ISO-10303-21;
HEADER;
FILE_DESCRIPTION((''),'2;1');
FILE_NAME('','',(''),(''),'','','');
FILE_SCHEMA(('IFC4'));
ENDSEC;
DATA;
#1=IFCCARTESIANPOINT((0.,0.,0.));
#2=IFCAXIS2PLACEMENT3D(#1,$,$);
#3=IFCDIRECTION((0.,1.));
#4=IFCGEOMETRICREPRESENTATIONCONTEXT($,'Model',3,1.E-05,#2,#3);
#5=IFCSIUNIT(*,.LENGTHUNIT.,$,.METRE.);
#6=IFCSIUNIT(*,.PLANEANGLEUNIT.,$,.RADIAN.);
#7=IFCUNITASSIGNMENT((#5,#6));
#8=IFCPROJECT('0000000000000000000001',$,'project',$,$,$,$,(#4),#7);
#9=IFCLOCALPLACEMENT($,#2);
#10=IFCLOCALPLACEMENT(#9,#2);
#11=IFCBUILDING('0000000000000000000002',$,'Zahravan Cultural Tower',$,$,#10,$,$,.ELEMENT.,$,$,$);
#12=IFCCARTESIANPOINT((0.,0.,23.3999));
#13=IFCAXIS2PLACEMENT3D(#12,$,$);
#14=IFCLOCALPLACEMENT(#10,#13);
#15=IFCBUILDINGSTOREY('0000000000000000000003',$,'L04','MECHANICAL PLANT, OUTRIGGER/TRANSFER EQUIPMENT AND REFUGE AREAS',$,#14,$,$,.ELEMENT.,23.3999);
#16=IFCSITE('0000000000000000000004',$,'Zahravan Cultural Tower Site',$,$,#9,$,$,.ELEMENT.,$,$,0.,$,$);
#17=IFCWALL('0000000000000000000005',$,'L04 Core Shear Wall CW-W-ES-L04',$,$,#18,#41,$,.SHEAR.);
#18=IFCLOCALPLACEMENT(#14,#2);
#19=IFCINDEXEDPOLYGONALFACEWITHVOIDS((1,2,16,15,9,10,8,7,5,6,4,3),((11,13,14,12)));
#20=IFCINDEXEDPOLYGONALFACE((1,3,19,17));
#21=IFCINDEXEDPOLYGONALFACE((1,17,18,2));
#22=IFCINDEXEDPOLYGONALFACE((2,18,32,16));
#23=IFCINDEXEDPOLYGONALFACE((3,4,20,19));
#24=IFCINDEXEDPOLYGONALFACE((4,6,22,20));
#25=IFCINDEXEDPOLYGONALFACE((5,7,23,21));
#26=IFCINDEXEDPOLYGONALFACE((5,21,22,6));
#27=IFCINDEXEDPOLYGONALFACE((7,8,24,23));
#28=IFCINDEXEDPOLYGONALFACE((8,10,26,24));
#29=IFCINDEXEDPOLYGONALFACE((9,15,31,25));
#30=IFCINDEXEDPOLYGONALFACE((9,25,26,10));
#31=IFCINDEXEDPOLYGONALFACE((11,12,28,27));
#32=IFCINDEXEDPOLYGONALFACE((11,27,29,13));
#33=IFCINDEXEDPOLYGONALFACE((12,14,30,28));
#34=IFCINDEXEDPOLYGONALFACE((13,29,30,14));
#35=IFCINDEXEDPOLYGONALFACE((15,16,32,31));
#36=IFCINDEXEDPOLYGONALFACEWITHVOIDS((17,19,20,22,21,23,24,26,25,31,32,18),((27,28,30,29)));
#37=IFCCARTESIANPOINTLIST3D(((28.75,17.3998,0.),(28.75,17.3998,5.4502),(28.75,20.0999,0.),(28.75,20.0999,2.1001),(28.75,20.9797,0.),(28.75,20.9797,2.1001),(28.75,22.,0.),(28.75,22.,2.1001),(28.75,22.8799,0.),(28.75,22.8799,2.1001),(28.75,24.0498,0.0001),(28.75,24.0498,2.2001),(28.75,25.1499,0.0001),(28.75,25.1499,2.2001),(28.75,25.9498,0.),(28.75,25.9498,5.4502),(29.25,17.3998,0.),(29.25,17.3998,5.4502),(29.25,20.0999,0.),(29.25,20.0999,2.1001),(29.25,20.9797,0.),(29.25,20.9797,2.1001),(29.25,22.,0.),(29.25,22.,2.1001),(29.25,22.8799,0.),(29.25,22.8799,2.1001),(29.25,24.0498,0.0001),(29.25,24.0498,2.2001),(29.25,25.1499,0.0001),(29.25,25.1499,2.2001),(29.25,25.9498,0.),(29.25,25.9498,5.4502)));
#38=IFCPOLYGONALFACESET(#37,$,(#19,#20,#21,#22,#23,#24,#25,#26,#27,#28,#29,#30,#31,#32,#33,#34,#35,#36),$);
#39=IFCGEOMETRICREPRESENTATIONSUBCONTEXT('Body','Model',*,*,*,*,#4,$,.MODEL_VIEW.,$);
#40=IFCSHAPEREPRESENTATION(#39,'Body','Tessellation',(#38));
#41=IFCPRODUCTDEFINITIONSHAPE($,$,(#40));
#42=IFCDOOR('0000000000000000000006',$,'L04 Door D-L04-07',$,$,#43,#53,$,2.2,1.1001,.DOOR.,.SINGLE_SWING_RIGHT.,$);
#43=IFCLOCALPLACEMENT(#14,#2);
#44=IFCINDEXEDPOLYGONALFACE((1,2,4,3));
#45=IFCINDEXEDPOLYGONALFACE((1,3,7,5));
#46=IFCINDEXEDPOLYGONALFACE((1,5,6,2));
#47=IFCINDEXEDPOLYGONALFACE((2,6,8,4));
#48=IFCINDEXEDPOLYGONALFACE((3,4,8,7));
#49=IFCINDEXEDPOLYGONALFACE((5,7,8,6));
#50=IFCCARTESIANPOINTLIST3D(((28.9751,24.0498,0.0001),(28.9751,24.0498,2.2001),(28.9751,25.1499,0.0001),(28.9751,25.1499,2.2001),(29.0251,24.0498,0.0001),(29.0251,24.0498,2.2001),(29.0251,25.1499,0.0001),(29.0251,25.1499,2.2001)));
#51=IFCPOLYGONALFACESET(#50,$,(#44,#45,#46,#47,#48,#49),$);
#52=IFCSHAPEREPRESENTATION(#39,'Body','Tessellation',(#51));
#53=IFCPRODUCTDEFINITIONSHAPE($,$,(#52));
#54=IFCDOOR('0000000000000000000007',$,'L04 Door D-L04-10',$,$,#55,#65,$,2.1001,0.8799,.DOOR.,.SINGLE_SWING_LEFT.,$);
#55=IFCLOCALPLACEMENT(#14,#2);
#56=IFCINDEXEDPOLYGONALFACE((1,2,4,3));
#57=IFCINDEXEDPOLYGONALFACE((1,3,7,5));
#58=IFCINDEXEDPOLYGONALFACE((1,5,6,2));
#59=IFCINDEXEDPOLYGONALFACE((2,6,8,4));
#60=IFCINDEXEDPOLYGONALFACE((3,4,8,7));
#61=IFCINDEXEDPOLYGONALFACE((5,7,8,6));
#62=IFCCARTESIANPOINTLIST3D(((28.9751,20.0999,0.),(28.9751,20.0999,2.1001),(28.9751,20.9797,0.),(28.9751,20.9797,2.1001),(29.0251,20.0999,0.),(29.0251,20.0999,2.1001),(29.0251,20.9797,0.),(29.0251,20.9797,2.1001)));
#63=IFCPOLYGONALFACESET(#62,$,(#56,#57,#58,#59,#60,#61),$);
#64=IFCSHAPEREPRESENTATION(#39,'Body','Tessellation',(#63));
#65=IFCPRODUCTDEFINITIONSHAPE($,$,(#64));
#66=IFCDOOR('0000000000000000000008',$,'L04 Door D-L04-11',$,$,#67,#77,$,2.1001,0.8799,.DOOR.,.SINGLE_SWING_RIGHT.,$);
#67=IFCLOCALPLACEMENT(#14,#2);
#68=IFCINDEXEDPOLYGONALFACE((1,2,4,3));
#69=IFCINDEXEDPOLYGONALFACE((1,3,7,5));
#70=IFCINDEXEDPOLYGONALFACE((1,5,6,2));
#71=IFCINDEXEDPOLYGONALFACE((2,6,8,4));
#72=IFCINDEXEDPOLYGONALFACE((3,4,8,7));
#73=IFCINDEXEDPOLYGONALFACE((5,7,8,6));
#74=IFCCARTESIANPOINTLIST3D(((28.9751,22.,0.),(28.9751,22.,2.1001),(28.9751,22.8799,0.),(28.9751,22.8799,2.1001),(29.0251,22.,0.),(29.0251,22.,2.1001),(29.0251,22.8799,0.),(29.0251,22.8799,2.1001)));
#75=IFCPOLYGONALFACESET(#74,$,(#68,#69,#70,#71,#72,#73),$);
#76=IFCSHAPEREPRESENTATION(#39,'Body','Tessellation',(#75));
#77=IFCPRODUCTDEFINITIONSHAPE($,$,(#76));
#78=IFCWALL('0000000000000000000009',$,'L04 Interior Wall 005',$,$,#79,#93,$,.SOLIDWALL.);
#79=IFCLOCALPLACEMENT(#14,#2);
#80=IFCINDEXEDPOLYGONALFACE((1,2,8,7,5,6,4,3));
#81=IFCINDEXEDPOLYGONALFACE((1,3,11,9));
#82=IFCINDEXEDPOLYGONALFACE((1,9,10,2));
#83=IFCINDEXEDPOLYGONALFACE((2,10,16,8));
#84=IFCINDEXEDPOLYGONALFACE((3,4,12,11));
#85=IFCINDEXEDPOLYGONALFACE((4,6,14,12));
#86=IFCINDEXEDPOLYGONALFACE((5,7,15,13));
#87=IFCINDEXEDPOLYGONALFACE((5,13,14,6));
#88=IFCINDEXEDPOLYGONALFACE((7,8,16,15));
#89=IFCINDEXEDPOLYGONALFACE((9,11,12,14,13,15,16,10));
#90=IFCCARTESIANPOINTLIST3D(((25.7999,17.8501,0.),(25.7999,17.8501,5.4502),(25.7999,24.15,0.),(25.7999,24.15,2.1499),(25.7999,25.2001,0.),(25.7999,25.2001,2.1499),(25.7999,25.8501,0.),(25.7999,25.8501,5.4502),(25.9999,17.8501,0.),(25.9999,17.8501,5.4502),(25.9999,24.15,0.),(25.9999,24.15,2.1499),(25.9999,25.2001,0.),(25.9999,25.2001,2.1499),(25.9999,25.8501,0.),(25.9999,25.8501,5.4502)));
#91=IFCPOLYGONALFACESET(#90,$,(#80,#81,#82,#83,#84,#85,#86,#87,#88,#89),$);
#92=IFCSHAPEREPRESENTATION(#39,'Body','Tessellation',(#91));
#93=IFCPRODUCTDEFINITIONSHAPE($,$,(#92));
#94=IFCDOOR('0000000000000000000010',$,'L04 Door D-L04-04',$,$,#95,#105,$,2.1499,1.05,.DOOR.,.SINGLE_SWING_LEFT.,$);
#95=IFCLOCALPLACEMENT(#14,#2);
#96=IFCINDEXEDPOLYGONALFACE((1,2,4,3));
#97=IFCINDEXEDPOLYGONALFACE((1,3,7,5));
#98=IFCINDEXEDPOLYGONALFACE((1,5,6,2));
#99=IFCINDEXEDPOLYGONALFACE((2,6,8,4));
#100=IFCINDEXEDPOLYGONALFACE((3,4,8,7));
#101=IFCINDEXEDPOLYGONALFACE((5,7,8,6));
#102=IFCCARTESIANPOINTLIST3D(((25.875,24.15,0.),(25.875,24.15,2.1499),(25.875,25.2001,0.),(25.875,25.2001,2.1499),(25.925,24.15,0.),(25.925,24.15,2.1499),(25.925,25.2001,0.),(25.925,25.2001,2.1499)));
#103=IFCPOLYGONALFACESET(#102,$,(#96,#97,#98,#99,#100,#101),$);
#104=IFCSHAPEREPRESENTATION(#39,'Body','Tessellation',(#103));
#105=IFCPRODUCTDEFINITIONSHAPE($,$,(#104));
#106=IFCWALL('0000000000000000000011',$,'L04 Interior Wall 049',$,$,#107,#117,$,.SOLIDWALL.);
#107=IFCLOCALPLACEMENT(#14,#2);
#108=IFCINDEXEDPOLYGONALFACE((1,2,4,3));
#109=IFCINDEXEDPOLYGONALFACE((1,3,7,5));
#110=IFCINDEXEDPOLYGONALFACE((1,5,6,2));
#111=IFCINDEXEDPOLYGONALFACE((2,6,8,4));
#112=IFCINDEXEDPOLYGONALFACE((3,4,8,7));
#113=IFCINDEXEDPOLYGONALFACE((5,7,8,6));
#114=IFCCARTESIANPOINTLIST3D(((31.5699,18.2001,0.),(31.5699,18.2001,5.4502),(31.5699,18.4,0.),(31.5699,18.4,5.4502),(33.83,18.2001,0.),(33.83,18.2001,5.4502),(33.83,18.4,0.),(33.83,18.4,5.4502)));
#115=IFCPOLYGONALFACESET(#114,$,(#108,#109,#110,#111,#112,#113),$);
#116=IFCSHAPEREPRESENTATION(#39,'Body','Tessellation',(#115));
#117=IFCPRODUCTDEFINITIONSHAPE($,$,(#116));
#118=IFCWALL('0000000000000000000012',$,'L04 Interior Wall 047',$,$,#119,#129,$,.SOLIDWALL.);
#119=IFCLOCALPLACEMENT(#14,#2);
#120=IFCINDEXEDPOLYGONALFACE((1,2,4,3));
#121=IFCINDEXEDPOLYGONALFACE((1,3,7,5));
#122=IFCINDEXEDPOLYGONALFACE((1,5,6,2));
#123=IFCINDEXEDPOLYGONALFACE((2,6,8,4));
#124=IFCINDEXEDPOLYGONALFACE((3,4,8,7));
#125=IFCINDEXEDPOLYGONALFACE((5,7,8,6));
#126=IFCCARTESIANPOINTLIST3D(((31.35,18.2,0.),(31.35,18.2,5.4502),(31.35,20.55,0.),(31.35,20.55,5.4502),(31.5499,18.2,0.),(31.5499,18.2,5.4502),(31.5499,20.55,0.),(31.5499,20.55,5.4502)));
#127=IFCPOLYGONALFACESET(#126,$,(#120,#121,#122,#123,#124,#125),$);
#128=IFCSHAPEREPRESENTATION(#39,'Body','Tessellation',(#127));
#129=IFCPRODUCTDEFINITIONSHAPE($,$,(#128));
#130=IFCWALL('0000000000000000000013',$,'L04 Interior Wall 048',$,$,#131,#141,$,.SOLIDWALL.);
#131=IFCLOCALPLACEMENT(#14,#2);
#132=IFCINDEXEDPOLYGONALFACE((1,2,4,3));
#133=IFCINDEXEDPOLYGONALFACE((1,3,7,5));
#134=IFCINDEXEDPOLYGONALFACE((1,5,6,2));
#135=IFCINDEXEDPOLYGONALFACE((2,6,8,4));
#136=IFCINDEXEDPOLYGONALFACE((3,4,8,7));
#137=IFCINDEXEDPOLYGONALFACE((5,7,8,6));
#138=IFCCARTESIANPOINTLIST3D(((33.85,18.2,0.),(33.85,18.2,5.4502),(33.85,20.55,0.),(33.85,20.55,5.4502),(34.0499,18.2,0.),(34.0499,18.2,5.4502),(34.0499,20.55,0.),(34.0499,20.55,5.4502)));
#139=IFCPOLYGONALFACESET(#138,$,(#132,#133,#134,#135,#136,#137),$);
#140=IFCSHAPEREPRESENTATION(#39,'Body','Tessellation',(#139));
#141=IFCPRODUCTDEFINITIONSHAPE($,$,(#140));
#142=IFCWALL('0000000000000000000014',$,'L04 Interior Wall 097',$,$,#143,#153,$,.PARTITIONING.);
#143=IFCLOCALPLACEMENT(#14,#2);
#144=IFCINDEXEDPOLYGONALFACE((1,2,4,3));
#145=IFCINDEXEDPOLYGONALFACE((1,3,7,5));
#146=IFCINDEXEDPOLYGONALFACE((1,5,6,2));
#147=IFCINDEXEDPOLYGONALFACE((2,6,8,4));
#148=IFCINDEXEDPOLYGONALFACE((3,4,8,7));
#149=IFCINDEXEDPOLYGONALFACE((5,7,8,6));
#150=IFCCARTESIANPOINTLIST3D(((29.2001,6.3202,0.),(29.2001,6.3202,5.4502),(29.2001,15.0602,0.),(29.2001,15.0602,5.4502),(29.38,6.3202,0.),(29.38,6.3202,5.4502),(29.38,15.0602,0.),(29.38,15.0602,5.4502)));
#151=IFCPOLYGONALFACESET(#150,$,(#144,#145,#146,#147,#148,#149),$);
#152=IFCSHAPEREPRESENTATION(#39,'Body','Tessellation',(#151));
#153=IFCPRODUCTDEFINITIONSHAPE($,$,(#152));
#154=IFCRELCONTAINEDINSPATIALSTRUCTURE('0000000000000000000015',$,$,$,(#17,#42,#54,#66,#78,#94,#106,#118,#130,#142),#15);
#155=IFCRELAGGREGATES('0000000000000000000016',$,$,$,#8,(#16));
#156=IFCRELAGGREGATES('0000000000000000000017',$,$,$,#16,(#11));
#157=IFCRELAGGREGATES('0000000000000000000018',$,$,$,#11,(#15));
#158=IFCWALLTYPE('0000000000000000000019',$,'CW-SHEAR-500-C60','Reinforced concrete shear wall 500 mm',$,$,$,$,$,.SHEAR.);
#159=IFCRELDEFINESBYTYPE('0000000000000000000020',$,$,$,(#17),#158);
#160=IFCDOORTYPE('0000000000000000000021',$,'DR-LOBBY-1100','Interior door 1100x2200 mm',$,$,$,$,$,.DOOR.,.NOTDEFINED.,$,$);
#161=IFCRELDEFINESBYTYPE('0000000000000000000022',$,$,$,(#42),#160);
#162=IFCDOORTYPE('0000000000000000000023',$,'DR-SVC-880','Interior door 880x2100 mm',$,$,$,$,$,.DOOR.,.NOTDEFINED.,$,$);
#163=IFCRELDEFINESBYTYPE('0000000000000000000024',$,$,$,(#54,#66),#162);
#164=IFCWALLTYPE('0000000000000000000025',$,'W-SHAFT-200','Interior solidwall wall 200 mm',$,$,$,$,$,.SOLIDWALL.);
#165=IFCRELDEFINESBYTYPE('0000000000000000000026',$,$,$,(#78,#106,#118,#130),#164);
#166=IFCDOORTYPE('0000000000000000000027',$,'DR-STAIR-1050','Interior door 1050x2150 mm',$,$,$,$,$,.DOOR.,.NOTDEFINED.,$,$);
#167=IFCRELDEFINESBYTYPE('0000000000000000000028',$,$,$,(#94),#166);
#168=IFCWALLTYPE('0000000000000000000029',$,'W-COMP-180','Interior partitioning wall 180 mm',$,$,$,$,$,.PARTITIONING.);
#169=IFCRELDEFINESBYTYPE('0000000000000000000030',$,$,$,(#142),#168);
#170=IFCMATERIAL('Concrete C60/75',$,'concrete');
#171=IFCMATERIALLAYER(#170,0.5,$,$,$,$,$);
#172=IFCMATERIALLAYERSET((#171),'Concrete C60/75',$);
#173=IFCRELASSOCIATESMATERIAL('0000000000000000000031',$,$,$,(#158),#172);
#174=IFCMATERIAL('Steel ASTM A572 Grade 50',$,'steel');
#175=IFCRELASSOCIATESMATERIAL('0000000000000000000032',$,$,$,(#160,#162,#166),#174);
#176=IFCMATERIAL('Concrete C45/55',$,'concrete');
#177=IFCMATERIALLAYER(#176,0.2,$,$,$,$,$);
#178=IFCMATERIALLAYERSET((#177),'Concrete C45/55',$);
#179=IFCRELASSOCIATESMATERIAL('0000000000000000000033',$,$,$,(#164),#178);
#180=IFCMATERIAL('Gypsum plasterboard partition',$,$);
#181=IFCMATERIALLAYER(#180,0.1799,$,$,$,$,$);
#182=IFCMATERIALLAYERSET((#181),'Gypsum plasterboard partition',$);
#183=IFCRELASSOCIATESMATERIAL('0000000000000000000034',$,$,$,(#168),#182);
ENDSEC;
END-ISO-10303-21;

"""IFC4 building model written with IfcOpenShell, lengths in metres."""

from ifc_helpers import new_model, si_unit, direction, frame, frame_2d, origin, place, context, subcontext, project, spatial, rectangle, extrude, source, transform, mapped, material, layer, layer_set, type_object, element, fill, save


model = new_model("IFC4")

# Units and contexts
model_context = context("Model", 3, precision=1e-05, world=origin(), true_north=direction((0.0, 1.0)))
body_context = subcontext(model_context, "Body", "Model", "MODEL_VIEW")
ifc_project = project(units=[si_unit("LENGTHUNIT", "METRE"), si_unit("PLANEANGLEUNIT", "RADIAN")], contexts=[model_context])

# Site, building, storey
site_placement = place(None, origin())
site = spatial("IfcSite", under=ifc_project, at=site_placement, Name="Zahravan Cultural Tower Site", CompositionType="ELEMENT", RefElevation=0.0)
building_placement = place(site_placement, origin())
building = spatial("IfcBuilding", under=site, at=building_placement, Name="Zahravan Cultural Tower", CompositionType="ELEMENT")
storey_placement = place(building_placement, frame((0.0, 0.0, 23.3999)))
storey = spatial("IfcBuildingStorey", under=building, at=storey_placement, Name="L04", Description="MECHANICAL PLANT, OUTRIGGER/TRANSFER EQUIPMENT AND REFUGE AREAS", CompositionType="ELEMENT", Elevation=23.3999)

# Shared definitions
ifc_material_1 = material(Name="Concrete C60/75", Category="concrete")
ifc_material_2 = material(Name="Steel ASTM A572 Grade 50", Category="steel")

# Wall, openings, doors
ifc_layer_1 = layer(ifc_material_1, 0.5)
ifc_layer_set_1 = layer_set([ifc_layer_1], Name="Concrete C60/75")
wall_type_1 = type_object("IfcWallType", Name="CW-SHEAR-500-C60", Description="Reinforced concrete shear wall 500 mm", PredefinedType="SHEAR", material=ifc_layer_set_1)
wall_1_placement = place(storey_placement, frame((29.0, 17.3999, 0.0), z_axis=(0.0, 0.0, 1.0), x_axis=(0.0, 1.0, 0.0)))
wall_1 = element("IfcWall", 1, at=wall_1_placement, inside=storey, type_object=wall_type_1, Name="L04 Core Shear Wall CW-W-ES-L04", PredefinedType="SHEAR", context=body_context, shape_type="SweptSolid", body=[
    extrude(rectangle(XDim=8.55, YDim=0.5, at=frame_2d((4.2749, 0.0))), origin(), (0.0, 0.0, 1.0), 5.4502),
])
opening_1_placement = place(wall_1_placement, frame((6.6499, 0.0, 0.0)))
opening_1 = element("IfcOpeningElement", 2, at=opening_1_placement, cuts=wall_1, PredefinedType="OPENING", context=body_context, shape_type="SweptSolid", body=[
    extrude(rectangle(XDim=1.1001, YDim=2.2, at=frame_2d((0.55, 1.1001))), frame((0.0, 0.26, 0.0), z_axis=(0.0, -1.0, 0.0), x_axis=(1.0, 0.0, 0.0)), (0.0, 0.0, 1.0), 0.52),
])
opening_2_placement = place(wall_1_placement, frame((2.7, 0.0, 0.0)))
opening_2 = element("IfcOpeningElement", 3, at=opening_2_placement, cuts=wall_1, PredefinedType="OPENING", context=body_context, shape_type="SweptSolid", body=[
    extrude(rectangle(XDim=0.8799, YDim=2.1001, at=frame_2d((0.4399, 1.05))), frame((0.0, 0.26, 0.0), z_axis=(0.0, -1.0, 0.0), x_axis=(1.0, 0.0, 0.0)), (0.0, 0.0, 1.0), 0.52),
])
opening_3_placement = place(wall_1_placement, frame((4.6001, 0.0, 0.0)))
opening_3 = element("IfcOpeningElement", 4, at=opening_3_placement, cuts=wall_1, PredefinedType="OPENING", context=body_context, shape_type="SweptSolid", body=[
    extrude(rectangle(XDim=0.8799, YDim=2.1001, at=frame_2d((0.4399, 1.05))), frame((0.0, 0.26, 0.0), z_axis=(0.0, -1.0, 0.0), x_axis=(1.0, 0.0, 0.0)), (0.0, 0.0, 1.0), 0.52),
])
door_type_1 = type_object("IfcDoorType", Name="DR-LOBBY-1100", Description="Interior door 1100x2200 mm", OperationType="NOTDEFINED", PredefinedType="DOOR", material=ifc_material_2)
shared_shape_1 = source(origin(), body_context, "Body", "SweptSolid", [
    extrude(rectangle(XDim=1.1001, YDim=2.2, at=frame_2d((0.55, 1.1001))), frame((0.0, 0.0249, 0.0), z_axis=(0.0, -1.0, 0.0), x_axis=(1.0, 0.0, 0.0)), (0.0, 0.0, 1.0), 0.05),
])
door_1_placement = place(opening_1_placement, origin())
door_1 = element("IfcDoor", 5, at=door_1_placement, inside=storey, type_object=door_type_1, Name="L04 Door D-L04-07", OperationType="SINGLE_SWING_RIGHT", OverallHeight=2.2, OverallWidth=1.1001, PredefinedType="DOOR", context=body_context, shape_type="MappedRepresentation", body=[
    mapped(shared_shape_1, transform((0.0, 0.0, 0.0), x_axis=(1.0, 0.0, 0.0), y_axis=(0.0, 1.0, 0.0), z_axis=(0.0, 0.0, 1.0), scale=1.0)),
])
fill(opening_1, door_1)
door_type_2 = type_object("IfcDoorType", Name="DR-SVC-880", Description="Interior door 880x2100 mm", OperationType="NOTDEFINED", PredefinedType="DOOR", material=ifc_material_2)
shared_shape_2 = source(origin(), body_context, "Body", "SweptSolid", [
    extrude(rectangle(XDim=0.8799, YDim=2.1001, at=frame_2d((0.4399, 1.05))), frame((0.0, 0.0249, 0.0), z_axis=(0.0, -1.0, 0.0), x_axis=(1.0, 0.0, 0.0)), (0.0, 0.0, 1.0), 0.05),
])
door_2_placement = place(opening_2_placement, origin())
door_2 = element("IfcDoor", 6, at=door_2_placement, inside=storey, type_object=door_type_2, Name="L04 Door D-L04-10", OperationType="SINGLE_SWING_LEFT", OverallHeight=2.1001, OverallWidth=0.8799, PredefinedType="DOOR", context=body_context, shape_type="MappedRepresentation", body=[
    mapped(shared_shape_2, transform((0.0, 0.0, 0.0), x_axis=(1.0, 0.0, 0.0), y_axis=(0.0, 1.0, 0.0), z_axis=(0.0, 0.0, 1.0), scale=1.0)),
])
fill(opening_2, door_2)
door_3_placement = place(opening_3_placement, origin())
door_3 = element("IfcDoor", 7, at=door_3_placement, inside=storey, type_object=door_type_2, Name="L04 Door D-L04-11", OperationType="SINGLE_SWING_RIGHT", OverallHeight=2.1001, OverallWidth=0.8799, PredefinedType="DOOR", context=body_context, shape_type="MappedRepresentation", body=[
    mapped(shared_shape_2, transform((0.0, 0.0, 0.0), x_axis=(1.0, 0.0, 0.0), y_axis=(0.0, 1.0, 0.0), z_axis=(0.0, 0.0, 1.0), scale=1.0)),
])
fill(opening_3, door_3)

# Wall, opening, door
ifc_material_3 = material(Name="Concrete C45/55", Category="concrete")
ifc_layer_2 = layer(ifc_material_3, 0.2)
ifc_layer_set_2 = layer_set([ifc_layer_2], Name="Concrete C45/55")
wall_type_2 = type_object("IfcWallType", Name="W-SHAFT-200", Description="Interior solidwall wall 200 mm", PredefinedType="SOLIDWALL", material=ifc_layer_set_2)
wall_2_placement = place(storey_placement, frame((25.8999, 17.8501, 0.0), z_axis=(0.0, 0.0, 1.0), x_axis=(0.0, 1.0, 0.0)))
wall_2 = element("IfcWall", 8, at=wall_2_placement, inside=storey, type_object=wall_type_2, Name="L04 Interior Wall 005", PredefinedType="SOLIDWALL", context=body_context, shape_type="SweptSolid", body=[
    extrude(rectangle(XDim=8.0, YDim=0.2, at=frame_2d((4.0, 0.0))), origin(), (0.0, 0.0, 1.0), 5.4502),
])
opening_4_placement = place(wall_2_placement, frame((6.3, 0.0, 0.0)))
opening_4 = element("IfcOpeningElement", 9, at=opening_4_placement, cuts=wall_2, PredefinedType="OPENING", context=body_context, shape_type="SweptSolid", body=[
    extrude(rectangle(XDim=1.05, YDim=2.1499, at=frame_2d((0.5249, 1.075))), frame((0.0, 0.1099, 0.0), z_axis=(0.0, -1.0, 0.0), x_axis=(1.0, 0.0, 0.0)), (0.0, 0.0, 1.0), 0.22),
])
door_type_3 = type_object("IfcDoorType", Name="DR-STAIR-1050", Description="Interior door 1050x2150 mm", OperationType="NOTDEFINED", PredefinedType="DOOR", material=ifc_material_2)
shared_shape_3 = source(origin(), body_context, "Body", "SweptSolid", [
    extrude(rectangle(XDim=1.05, YDim=2.1499, at=frame_2d((0.5249, 1.075))), frame((0.0, 0.0249, 0.0), z_axis=(0.0, -1.0, 0.0), x_axis=(1.0, 0.0, 0.0)), (0.0, 0.0, 1.0), 0.05),
])
door_4_placement = place(opening_4_placement, origin())
door_4 = element("IfcDoor", 10, at=door_4_placement, inside=storey, type_object=door_type_3, Name="L04 Door D-L04-04", OperationType="SINGLE_SWING_LEFT", OverallHeight=2.1499, OverallWidth=1.05, PredefinedType="DOOR", context=body_context, shape_type="MappedRepresentation", body=[
    mapped(shared_shape_3, transform((0.0, 0.0, 0.0), x_axis=(1.0, 0.0, 0.0), y_axis=(0.0, 1.0, 0.0), z_axis=(0.0, 0.0, 1.0), scale=1.0)),
])
fill(opening_4, door_4)

# Walls
shared_shape_4 = source(origin(), body_context, "Body", "SweptSolid", [
    extrude(rectangle(XDim=2.26, YDim=0.2, at=frame_2d((1.1299, 0.0))), origin(), (0.0, 0.0, 1.0), 5.4502),
])
wall_3_placement = place(storey_placement, frame((31.5701, 18.3, 0.0), z_axis=(0.0, 0.0, 1.0), x_axis=(1.0, 0.0, 0.0)))
element("IfcWall", 11, at=wall_3_placement, inside=storey, type_object=wall_type_2, Name="L04 Interior Wall 049", PredefinedType="SOLIDWALL", context=body_context, shape_type="MappedRepresentation", body=[
    mapped(shared_shape_4, transform((0.0, 0.0, 0.0), x_axis=(1.0, 0.0, 0.0), y_axis=(0.0, 1.0, 0.0), z_axis=(0.0, 0.0, 1.0), scale=1.0)),
])
shared_shape_5 = source(origin(), body_context, "Body", "SweptSolid", [
    extrude(rectangle(XDim=2.3501, YDim=0.2, at=frame_2d((1.175, 0.0))), origin(), (0.0, 0.0, 1.0), 5.4502),
])
for number, where, z_axis, x_axis, name in (
    (12, (31.45, 18.2, 0.0), (0.0, 0.0, 1.0), (0.0, 1.0, 0.0), "L04 Interior Wall 047"),
    (13, (33.95, 18.2, 0.0), (0.0, 0.0, 1.0), (0.0, 1.0, 0.0), "L04 Interior Wall 048"),
):
    element("IfcWall", number, at=place(storey_placement, frame(where, z_axis=z_axis, x_axis=x_axis)), inside=storey, type_object=wall_type_2, Name=name, PredefinedType="SOLIDWALL", context=body_context, shape_type="MappedRepresentation", body=[
        mapped(shared_shape_5, transform((0.0, 0.0, 0.0), x_axis=(1.0, 0.0, 0.0), y_axis=(0.0, 1.0, 0.0), z_axis=(0.0, 0.0, 1.0), scale=1.0)),
    ])
ifc_material_4 = material(Name="Gypsum plasterboard partition")
ifc_layer_3 = layer(ifc_material_4, 0.1799)
ifc_layer_set_3 = layer_set([ifc_layer_3], Name="Gypsum plasterboard partition")
wall_type_3 = type_object("IfcWallType", Name="W-COMP-180", Description="Interior partitioning wall 180 mm", PredefinedType="PARTITIONING", material=ifc_layer_set_3)
shared_shape_6 = source(origin(), body_context, "Body", "SweptSolid", [
    extrude(rectangle(XDim=8.74, YDim=0.1799, at=frame_2d((4.3701, 0.0))), origin(), (0.0, 0.0, 1.0), 5.4502),
])
wall_4_placement = place(storey_placement, frame((29.29, 6.3201, 0.0), z_axis=(0.0, 0.0, 1.0), x_axis=(0.0, 1.0, 0.0)))
element("IfcWall", 14, at=wall_4_placement, inside=storey, type_object=wall_type_3, Name="L04 Interior Wall 097", PredefinedType="PARTITIONING", context=body_context, shape_type="MappedRepresentation", body=[
    mapped(shared_shape_6, transform((0.0, 0.0, 0.0), x_axis=(1.0, 0.0, 0.0), y_axis=(0.0, 1.0, 0.0), z_axis=(0.0, 0.0, 1.0), scale=1.0)),
])

save(model, "model.ifc")
